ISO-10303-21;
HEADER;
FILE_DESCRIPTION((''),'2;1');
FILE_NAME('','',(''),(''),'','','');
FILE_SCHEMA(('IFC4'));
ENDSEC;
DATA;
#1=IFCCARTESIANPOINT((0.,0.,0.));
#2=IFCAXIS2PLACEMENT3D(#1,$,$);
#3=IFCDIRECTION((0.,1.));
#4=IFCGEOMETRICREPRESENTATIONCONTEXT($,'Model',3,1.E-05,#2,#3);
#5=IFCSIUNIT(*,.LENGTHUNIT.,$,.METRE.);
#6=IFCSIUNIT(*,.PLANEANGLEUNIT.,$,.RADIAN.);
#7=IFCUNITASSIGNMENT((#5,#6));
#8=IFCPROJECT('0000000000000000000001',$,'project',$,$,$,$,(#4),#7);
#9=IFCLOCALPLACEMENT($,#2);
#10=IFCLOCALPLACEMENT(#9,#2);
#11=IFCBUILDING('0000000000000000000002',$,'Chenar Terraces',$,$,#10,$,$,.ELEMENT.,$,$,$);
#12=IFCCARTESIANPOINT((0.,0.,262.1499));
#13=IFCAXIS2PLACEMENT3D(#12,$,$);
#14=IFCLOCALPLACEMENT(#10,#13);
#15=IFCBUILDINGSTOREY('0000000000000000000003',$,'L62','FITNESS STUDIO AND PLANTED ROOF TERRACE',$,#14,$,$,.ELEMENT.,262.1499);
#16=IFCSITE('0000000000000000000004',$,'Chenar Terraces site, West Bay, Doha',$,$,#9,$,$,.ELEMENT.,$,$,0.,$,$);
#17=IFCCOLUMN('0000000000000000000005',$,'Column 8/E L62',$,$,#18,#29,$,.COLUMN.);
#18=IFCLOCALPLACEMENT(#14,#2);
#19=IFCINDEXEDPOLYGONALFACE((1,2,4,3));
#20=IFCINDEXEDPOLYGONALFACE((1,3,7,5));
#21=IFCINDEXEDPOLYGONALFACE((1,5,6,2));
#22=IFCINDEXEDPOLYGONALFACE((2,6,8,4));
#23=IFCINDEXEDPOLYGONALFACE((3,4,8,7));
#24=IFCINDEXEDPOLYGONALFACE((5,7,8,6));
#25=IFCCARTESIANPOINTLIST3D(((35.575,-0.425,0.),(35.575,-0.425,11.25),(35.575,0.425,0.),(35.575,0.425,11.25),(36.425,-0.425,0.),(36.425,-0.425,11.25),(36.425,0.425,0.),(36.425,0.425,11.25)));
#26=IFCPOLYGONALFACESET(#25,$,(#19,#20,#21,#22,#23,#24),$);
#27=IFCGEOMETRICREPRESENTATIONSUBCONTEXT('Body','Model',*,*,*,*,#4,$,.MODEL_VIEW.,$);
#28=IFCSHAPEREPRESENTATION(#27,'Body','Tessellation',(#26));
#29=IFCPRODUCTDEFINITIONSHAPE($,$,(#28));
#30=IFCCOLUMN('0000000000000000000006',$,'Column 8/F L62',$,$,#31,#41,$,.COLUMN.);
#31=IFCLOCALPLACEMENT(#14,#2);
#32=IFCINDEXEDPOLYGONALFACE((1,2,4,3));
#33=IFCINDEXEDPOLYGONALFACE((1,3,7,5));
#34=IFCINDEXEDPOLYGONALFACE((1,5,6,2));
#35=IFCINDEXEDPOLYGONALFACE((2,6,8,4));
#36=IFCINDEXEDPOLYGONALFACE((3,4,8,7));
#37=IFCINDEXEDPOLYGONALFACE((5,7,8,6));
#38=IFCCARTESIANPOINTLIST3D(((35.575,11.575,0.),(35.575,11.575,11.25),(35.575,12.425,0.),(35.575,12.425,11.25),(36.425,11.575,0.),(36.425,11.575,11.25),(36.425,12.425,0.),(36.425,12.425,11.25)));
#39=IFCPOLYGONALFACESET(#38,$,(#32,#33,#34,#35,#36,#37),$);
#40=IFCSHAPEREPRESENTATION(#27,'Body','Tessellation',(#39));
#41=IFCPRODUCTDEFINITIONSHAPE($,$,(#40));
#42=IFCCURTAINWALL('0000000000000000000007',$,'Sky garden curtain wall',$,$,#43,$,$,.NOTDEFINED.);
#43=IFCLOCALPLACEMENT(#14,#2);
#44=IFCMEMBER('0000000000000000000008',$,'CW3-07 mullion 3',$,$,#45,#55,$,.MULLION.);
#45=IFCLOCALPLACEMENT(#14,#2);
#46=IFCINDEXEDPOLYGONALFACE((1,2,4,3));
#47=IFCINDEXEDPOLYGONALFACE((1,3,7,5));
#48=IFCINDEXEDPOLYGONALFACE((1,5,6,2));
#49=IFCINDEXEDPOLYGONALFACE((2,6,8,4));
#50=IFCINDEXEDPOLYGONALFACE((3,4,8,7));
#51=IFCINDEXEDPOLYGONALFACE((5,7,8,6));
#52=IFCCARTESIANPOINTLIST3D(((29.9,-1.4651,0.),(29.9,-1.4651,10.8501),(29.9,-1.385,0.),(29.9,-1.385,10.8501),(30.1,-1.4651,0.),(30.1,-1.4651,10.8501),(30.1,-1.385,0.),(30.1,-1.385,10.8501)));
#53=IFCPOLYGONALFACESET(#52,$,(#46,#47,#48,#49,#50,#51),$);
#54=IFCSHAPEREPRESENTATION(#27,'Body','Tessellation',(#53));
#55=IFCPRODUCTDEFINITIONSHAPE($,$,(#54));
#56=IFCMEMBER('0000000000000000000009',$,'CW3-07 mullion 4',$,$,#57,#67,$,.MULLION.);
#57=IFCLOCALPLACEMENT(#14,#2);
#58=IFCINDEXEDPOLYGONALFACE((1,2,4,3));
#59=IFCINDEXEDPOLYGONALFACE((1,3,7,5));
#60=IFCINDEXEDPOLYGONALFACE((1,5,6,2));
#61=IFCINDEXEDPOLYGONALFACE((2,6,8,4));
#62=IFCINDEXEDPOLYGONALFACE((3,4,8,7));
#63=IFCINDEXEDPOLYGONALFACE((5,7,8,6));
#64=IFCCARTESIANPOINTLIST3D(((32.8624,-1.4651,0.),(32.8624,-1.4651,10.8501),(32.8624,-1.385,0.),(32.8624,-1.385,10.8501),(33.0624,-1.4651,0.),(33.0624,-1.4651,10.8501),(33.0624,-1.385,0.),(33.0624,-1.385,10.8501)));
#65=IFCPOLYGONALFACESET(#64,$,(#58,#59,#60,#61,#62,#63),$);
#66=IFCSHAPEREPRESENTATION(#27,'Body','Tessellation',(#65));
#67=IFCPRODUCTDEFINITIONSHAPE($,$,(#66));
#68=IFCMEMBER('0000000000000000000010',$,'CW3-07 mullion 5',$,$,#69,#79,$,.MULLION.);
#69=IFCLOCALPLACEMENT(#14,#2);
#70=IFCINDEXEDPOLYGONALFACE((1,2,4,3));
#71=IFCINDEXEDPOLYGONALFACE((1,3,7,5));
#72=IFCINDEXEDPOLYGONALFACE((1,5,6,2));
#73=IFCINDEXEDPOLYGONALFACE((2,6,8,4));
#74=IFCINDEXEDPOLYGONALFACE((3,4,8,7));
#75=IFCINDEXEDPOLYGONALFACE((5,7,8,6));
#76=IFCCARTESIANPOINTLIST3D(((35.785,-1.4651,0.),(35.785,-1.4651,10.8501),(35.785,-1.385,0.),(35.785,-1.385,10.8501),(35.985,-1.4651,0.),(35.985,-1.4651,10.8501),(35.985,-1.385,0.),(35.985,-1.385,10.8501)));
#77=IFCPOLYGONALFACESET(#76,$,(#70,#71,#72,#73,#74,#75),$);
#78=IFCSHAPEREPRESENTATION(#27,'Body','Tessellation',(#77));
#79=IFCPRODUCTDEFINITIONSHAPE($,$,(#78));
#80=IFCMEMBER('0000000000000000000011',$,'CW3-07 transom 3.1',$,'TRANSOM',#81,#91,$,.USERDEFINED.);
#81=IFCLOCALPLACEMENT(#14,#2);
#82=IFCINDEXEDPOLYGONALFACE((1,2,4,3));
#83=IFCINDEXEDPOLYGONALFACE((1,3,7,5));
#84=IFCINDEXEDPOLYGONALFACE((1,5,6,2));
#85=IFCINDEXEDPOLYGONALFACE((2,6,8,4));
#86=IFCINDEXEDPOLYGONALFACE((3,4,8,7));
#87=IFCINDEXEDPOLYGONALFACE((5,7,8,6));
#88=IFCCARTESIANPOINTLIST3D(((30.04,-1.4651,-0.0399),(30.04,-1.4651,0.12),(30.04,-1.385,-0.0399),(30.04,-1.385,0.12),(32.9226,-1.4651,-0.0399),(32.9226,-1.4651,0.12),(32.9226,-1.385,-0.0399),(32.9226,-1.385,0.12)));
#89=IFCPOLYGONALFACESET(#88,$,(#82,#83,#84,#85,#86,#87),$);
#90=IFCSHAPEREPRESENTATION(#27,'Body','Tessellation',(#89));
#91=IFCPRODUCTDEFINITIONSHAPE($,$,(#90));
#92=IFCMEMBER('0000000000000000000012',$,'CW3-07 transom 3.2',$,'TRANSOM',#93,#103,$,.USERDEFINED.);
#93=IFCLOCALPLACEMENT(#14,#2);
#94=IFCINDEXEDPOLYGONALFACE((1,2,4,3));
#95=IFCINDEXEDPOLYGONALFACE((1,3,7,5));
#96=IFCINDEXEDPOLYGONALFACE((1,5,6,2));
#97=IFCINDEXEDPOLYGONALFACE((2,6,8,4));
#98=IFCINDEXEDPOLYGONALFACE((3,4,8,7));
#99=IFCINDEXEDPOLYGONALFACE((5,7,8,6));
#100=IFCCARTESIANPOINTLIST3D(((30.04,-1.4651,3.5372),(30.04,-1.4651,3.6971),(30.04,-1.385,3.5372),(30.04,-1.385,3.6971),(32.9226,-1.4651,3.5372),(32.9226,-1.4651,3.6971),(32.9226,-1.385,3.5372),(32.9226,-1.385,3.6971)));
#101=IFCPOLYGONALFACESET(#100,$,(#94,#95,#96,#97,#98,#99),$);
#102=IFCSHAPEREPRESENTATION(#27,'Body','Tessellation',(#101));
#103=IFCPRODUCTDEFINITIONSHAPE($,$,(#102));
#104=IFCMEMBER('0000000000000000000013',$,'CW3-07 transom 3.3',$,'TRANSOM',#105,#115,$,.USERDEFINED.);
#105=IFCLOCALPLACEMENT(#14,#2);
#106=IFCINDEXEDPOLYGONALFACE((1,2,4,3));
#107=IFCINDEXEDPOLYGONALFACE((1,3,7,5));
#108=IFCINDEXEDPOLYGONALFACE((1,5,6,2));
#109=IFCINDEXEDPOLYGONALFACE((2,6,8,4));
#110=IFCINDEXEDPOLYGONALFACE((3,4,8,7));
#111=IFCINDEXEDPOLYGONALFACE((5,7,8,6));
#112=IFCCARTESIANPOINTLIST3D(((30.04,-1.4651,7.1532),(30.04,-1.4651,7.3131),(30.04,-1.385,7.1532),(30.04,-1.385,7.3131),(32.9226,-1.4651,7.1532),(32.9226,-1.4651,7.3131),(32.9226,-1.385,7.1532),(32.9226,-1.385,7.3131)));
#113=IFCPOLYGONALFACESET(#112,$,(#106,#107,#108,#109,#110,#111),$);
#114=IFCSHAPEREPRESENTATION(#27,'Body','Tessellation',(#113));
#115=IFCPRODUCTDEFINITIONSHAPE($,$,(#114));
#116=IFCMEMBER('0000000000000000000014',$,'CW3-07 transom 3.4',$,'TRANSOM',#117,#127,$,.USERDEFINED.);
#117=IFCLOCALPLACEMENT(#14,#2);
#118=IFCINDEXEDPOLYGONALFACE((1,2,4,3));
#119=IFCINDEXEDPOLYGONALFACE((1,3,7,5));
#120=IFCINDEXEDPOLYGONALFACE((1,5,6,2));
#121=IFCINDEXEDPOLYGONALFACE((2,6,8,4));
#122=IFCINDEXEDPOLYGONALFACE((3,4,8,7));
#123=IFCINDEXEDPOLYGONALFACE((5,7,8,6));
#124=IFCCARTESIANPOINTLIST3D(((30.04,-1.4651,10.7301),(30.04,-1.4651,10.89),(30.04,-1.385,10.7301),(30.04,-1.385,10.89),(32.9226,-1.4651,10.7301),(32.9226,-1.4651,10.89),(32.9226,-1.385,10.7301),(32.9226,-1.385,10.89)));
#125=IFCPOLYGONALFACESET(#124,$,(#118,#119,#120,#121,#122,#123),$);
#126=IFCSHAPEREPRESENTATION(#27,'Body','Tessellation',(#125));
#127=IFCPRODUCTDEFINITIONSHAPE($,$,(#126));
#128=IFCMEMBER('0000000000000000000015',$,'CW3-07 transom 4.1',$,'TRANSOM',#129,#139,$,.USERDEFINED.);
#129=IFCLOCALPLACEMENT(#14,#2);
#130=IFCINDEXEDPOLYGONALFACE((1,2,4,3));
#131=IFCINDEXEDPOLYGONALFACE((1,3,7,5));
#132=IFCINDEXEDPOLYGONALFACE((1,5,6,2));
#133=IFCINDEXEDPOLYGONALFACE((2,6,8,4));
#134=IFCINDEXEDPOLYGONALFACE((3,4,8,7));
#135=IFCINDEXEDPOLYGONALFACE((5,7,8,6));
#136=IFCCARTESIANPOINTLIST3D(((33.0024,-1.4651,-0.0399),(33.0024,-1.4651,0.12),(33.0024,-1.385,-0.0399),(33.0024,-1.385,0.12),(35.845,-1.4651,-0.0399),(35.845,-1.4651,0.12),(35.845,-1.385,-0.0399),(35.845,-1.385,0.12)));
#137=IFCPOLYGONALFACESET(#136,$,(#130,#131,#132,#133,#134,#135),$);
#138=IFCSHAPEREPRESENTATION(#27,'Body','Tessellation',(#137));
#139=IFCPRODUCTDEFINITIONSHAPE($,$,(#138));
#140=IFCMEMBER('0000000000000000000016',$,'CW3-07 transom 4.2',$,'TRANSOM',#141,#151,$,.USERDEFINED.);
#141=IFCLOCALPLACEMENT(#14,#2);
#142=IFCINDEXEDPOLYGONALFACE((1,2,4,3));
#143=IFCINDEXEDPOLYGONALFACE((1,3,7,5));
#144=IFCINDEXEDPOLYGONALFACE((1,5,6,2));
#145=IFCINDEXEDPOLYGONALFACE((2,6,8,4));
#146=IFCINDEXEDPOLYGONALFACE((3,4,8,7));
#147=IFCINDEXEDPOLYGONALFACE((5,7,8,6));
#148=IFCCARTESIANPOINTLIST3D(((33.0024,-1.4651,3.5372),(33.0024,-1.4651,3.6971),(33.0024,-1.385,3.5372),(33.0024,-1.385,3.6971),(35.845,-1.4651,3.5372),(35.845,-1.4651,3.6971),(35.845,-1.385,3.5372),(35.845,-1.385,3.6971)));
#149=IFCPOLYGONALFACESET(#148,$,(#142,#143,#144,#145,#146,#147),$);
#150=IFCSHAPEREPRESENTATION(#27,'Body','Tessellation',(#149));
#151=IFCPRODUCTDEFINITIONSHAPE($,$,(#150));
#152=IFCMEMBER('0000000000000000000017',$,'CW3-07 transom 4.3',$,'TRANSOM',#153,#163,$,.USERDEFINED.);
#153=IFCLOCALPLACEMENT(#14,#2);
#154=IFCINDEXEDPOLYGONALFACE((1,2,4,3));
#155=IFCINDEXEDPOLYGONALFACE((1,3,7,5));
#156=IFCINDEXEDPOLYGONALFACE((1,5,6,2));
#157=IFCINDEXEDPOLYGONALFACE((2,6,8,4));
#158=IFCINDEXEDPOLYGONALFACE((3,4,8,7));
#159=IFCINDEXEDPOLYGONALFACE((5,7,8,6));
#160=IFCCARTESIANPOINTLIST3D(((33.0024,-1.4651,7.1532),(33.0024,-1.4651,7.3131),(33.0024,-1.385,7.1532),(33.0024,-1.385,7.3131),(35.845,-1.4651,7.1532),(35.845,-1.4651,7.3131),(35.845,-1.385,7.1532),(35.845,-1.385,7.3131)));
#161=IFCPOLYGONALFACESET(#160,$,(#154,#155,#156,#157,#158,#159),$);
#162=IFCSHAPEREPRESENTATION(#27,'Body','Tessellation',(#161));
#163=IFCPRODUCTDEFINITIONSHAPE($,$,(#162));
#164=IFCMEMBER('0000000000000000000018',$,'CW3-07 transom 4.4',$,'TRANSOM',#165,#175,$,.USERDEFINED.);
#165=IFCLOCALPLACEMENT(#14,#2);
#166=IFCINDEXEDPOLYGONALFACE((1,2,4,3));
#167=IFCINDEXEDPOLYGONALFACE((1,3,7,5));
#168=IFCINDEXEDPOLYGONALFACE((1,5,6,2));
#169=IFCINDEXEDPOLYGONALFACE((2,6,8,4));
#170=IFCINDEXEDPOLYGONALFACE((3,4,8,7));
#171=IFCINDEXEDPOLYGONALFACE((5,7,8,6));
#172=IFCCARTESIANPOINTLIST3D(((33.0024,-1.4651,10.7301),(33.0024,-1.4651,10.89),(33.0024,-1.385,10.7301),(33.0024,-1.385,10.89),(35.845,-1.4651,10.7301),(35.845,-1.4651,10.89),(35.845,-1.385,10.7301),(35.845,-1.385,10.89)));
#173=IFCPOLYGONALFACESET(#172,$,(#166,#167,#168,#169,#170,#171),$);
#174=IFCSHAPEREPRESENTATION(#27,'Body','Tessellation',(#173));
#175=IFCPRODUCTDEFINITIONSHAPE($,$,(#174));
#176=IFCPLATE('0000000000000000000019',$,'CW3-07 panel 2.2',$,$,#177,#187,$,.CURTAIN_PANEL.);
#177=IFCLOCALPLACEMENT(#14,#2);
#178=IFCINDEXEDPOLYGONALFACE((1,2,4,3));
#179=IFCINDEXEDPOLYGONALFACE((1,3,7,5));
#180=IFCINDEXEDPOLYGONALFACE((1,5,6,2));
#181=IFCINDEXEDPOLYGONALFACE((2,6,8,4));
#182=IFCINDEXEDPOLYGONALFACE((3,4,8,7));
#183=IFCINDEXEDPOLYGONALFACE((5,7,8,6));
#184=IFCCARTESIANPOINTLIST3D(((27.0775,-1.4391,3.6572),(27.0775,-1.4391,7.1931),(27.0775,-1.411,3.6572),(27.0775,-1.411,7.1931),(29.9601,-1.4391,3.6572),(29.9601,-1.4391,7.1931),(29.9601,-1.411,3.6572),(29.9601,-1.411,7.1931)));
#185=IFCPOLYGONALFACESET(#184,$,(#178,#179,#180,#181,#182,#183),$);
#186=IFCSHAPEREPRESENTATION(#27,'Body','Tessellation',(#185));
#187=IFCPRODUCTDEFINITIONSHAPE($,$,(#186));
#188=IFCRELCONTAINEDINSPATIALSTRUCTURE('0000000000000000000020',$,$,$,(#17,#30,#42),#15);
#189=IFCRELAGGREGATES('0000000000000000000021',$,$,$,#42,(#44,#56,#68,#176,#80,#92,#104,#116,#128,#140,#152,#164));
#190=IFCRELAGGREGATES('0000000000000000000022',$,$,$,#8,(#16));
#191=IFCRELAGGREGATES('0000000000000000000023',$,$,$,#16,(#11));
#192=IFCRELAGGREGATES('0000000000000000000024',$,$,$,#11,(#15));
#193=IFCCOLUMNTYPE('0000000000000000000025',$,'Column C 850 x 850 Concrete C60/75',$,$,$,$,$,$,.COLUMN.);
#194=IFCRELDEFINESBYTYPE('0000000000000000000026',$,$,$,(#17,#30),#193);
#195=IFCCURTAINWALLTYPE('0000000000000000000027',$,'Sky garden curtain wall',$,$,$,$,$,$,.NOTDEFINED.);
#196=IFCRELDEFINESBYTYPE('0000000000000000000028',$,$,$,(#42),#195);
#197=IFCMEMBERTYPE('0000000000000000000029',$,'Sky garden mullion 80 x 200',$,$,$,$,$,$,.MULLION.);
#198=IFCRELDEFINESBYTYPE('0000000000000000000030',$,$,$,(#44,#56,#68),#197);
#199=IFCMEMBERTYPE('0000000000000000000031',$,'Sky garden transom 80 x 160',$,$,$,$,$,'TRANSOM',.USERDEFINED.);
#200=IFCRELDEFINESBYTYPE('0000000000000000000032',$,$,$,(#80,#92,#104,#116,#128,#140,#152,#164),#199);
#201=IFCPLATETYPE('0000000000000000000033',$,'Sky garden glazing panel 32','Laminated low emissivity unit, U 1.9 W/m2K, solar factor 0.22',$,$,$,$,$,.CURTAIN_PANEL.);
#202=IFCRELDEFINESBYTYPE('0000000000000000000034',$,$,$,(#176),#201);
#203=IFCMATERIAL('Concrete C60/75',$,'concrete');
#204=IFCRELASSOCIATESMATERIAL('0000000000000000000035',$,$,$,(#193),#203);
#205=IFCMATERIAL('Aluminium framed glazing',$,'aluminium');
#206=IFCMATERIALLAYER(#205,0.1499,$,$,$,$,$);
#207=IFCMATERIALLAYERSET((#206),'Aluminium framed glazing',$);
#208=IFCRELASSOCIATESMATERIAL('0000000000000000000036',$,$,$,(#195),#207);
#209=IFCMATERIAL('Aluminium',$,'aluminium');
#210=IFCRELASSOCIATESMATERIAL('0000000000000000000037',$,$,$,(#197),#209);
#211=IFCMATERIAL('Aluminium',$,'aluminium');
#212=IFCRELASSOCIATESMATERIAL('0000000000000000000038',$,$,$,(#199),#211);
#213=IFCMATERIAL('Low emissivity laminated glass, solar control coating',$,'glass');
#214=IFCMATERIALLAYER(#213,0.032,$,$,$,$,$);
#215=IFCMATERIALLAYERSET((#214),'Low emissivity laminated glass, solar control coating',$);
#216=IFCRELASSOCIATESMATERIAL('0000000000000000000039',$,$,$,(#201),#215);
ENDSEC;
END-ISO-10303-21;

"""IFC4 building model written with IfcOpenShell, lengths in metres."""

from ifc_helpers import new_model, si_unit, direction, frame, origin, origin_2d, place, context, subcontext, project, spatial, rectangle, extrude, material, layer, layer_set, material_profile, profile_set, type_object, element, aggregate, save


model = new_model("IFC4")

# Units and contexts
model_context = context("Model", 3, precision=1e-05, world=origin(), true_north=direction((0.0, 1.0)))
body_context = subcontext(model_context, "Body", "Model", "MODEL_VIEW")
ifc_project = project(units=[si_unit("LENGTHUNIT", "METRE"), si_unit("PLANEANGLEUNIT", "RADIAN")], contexts=[model_context])

# Site, building, storey
site_placement = place(None, origin())
site = spatial("IfcSite", under=ifc_project, at=site_placement, Name="Chenar Terraces site, West Bay, Doha", CompositionType="ELEMENT", RefElevation=0.0)
building_placement = place(site_placement, origin())
building = spatial("IfcBuilding", under=site, at=building_placement, Name="Chenar Terraces", CompositionType="ELEMENT")
storey_placement = place(building_placement, frame((0.0, 0.0, 262.1499)))
storey = spatial("IfcBuildingStorey", under=building, at=storey_placement, Name="L62", Description="FITNESS STUDIO AND PLANTED ROOF TERRACE", CompositionType="ELEMENT", Elevation=262.1499)

# Columns
ifc_material_1 = material(Name="Concrete C60/75", Category="concrete")
ifc_material_profile_1 = material_profile(ifc_material_1, rectangle(XDim=0.8501, YDim=0.8501, at=origin_2d()), Name="C 850 x 850")
ifc_profile_set_1 = profile_set([ifc_material_profile_1], Name="Concrete C60/75")
column_type = type_object("IfcColumnType", Name="Column C 850 x 850 Concrete C60/75", PredefinedType="COLUMN", material=ifc_profile_set_1)
for number, where, z_axis, x_axis, name in (
    (1, (36.0, 0.0, 0.0), (0.0, 0.0, 1.0), (1.0, 0.0, 0.0), "Column 8/E L62"),
    (2, (36.0, 12.0, 0.0), (0.0, 0.0, 1.0), (1.0, 0.0, 0.0), "Column 8/F L62"),
):
    element("IfcColumn", number, at=place(storey_placement, frame(where, z_axis=z_axis, x_axis=x_axis)), inside=storey, type_object=column_type, Name=name, PredefinedType="COLUMN", context=body_context, shape_type="SweptSolid", body=[
        extrude(rectangle(XDim=0.8501, YDim=0.8501, at=origin_2d()), origin(), (0.0, 0.0, 1.0), 11.25),
    ])

# Curtain wall, members, plate
ifc_material_2 = material(Name="Aluminium framed glazing", Category="aluminium")
ifc_layer_1 = layer(ifc_material_2, 0.1499)
ifc_layer_set_1 = layer_set([ifc_layer_1], Name="Aluminium framed glazing")
curtain_wall_type = type_object("IfcCurtainWallType", Name="Sky garden curtain wall", PredefinedType="NOTDEFINED", material=ifc_layer_set_1)
curtain_wall_placement = place(storey_placement, origin())
curtain_wall = element("IfcCurtainWall", 3, at=curtain_wall_placement, inside=storey, type_object=curtain_wall_type, Name="Sky garden curtain wall", PredefinedType="NOTDEFINED")
ifc_material_3 = material(Name="Aluminium", Category="aluminium")
ifc_material_profile_2 = material_profile(ifc_material_3, rectangle(XDim=0.0801, YDim=0.2, at=origin_2d()), Name="Sky garden mullion 80 x 200")
ifc_profile_set_2 = profile_set([ifc_material_profile_2], Name="Aluminium")
member_type_1 = type_object("IfcMemberType", Name="Sky garden mullion 80 x 200", PredefinedType="MULLION", material=ifc_profile_set_2)
member_1_placement = place(storey_placement, frame((30.0, -1.425, 0.0), z_axis=(0.0, 0.0, 1.0), x_axis=(0.0, 1.0, 0.0)))
member_1 = element("IfcMember", 4, at=member_1_placement, type_object=member_type_1, Name="CW3-07 mullion 3", PredefinedType="MULLION", context=body_context, shape_type="SweptSolid", body=[
    extrude(rectangle(XDim=0.0801, YDim=0.2, at=origin_2d()), origin(), (0.0, 0.0, 1.0), 10.8501),
])
member_2_placement = place(storey_placement, frame((32.9624, -1.425, 0.0), z_axis=(0.0, 0.0, 1.0), x_axis=(0.0, 1.0, 0.0)))
member_2 = element("IfcMember", 5, at=member_2_placement, type_object=member_type_1, Name="CW3-07 mullion 4", PredefinedType="MULLION", context=body_context, shape_type="SweptSolid", body=[
    extrude(rectangle(XDim=0.0801, YDim=0.2, at=origin_2d()), origin(), (0.0, 0.0, 1.0), 10.8501),
])
member_3_placement = place(storey_placement, frame((35.885, -1.425, 0.0), z_axis=(0.0, 0.0, 1.0), x_axis=(0.0, 1.0, 0.0)))
member_3 = element("IfcMember", 6, at=member_3_placement, type_object=member_type_1, Name="CW3-07 mullion 5", PredefinedType="MULLION", context=body_context, shape_type="SweptSolid", body=[
    extrude(rectangle(XDim=0.0801, YDim=0.2, at=origin_2d()), origin(), (0.0, 0.0, 1.0), 10.8501),
])
ifc_material_4 = material(Name="Aluminium", Category="aluminium")
ifc_material_profile_3 = material_profile(ifc_material_4, rectangle(XDim=0.0801, YDim=0.1599, at=origin_2d()), Name="Sky garden transom 80 x 160")
ifc_profile_set_3 = profile_set([ifc_material_profile_3], Name="Aluminium")
member_type_2 = type_object("IfcMemberType", Name="Sky garden transom 80 x 160", ElementType="TRANSOM", PredefinedType="USERDEFINED", material=ifc_profile_set_3)
member_4_placement = place(storey_placement, frame((30.04, -1.425, 0.04), z_axis=(1.0, 0.0, 0.0), x_axis=(0.0, 1.0, 0.0)))
member_4 = element("IfcMember", 7, at=member_4_placement, type_object=member_type_2, Name="CW3-07 transom 3.1", ObjectType="TRANSOM", PredefinedType="USERDEFINED", context=body_context, shape_type="SweptSolid", body=[
    extrude(rectangle(XDim=0.0801, YDim=0.1599, at=origin_2d()), origin(), (0.0, 0.0, 1.0), 2.8826),
])
member_5_placement = place(storey_placement, frame((30.04, -1.425, 3.6172), z_axis=(1.0, 0.0, 0.0), x_axis=(0.0, 1.0, 0.0)))
member_5 = element("IfcMember", 8, at=member_5_placement, type_object=member_type_2, Name="CW3-07 transom 3.2", ObjectType="TRANSOM", PredefinedType="USERDEFINED", context=body_context, shape_type="SweptSolid", body=[
    extrude(rectangle(XDim=0.0801, YDim=0.1599, at=origin_2d()), origin(), (0.0, 0.0, 1.0), 2.8826),
])
member_6_placement = place(storey_placement, frame((30.04, -1.425, 7.2332), z_axis=(1.0, 0.0, 0.0), x_axis=(0.0, 1.0, 0.0)))
member_6 = element("IfcMember", 9, at=member_6_placement, type_object=member_type_2, Name="CW3-07 transom 3.3", ObjectType="TRANSOM", PredefinedType="USERDEFINED", context=body_context, shape_type="SweptSolid", body=[
    extrude(rectangle(XDim=0.0801, YDim=0.1599, at=origin_2d()), origin(), (0.0, 0.0, 1.0), 2.8826),
])
member_7_placement = place(storey_placement, frame((30.04, -1.425, 10.8101), z_axis=(1.0, 0.0, 0.0), x_axis=(0.0, 1.0, 0.0)))
member_7 = element("IfcMember", 10, at=member_7_placement, type_object=member_type_2, Name="CW3-07 transom 3.4", ObjectType="TRANSOM", PredefinedType="USERDEFINED", context=body_context, shape_type="SweptSolid", body=[
    extrude(rectangle(XDim=0.0801, YDim=0.1599, at=origin_2d()), origin(), (0.0, 0.0, 1.0), 2.8826),
])
member_8_placement = place(storey_placement, frame((33.0024, -1.425, 0.04), z_axis=(1.0, 0.0, 0.0), x_axis=(0.0, 1.0, 0.0)))
member_8 = element("IfcMember", 11, at=member_8_placement, type_object=member_type_2, Name="CW3-07 transom 4.1", ObjectType="TRANSOM", PredefinedType="USERDEFINED", context=body_context, shape_type="SweptSolid", body=[
    extrude(rectangle(XDim=0.0801, YDim=0.1599, at=origin_2d()), origin(), (0.0, 0.0, 1.0), 2.8425),
])
member_9_placement = place(storey_placement, frame((33.0024, -1.425, 3.6172), z_axis=(1.0, 0.0, 0.0), x_axis=(0.0, 1.0, 0.0)))
member_9 = element("IfcMember", 12, at=member_9_placement, type_object=member_type_2, Name="CW3-07 transom 4.2", ObjectType="TRANSOM", PredefinedType="USERDEFINED", context=body_context, shape_type="SweptSolid", body=[
    extrude(rectangle(XDim=0.0801, YDim=0.1599, at=origin_2d()), origin(), (0.0, 0.0, 1.0), 2.8425),
])
member_10_placement = place(storey_placement, frame((33.0024, -1.425, 7.2332), z_axis=(1.0, 0.0, 0.0), x_axis=(0.0, 1.0, 0.0)))
member_10 = element("IfcMember", 13, at=member_10_placement, type_object=member_type_2, Name="CW3-07 transom 4.3", ObjectType="TRANSOM", PredefinedType="USERDEFINED", context=body_context, shape_type="SweptSolid", body=[
    extrude(rectangle(XDim=0.0801, YDim=0.1599, at=origin_2d()), origin(), (0.0, 0.0, 1.0), 2.8425),
])
member_11_placement = place(storey_placement, frame((33.0024, -1.425, 10.8101), z_axis=(1.0, 0.0, 0.0), x_axis=(0.0, 1.0, 0.0)))
member_11 = element("IfcMember", 14, at=member_11_placement, type_object=member_type_2, Name="CW3-07 transom 4.4", ObjectType="TRANSOM", PredefinedType="USERDEFINED", context=body_context, shape_type="SweptSolid", body=[
    extrude(rectangle(XDim=0.0801, YDim=0.1599, at=origin_2d()), origin(), (0.0, 0.0, 1.0), 2.8425),
])
ifc_material_5 = material(Name="Low emissivity laminated glass, solar control coating", Category="glass")
ifc_layer_2 = layer(ifc_material_5, 0.032)
ifc_layer_set_2 = layer_set([ifc_layer_2], Name="Low emissivity laminated glass, solar control coating")
plate_type = type_object("IfcPlateType", Name="Sky garden glazing panel 32", Description="Laminated low emissivity unit, U 1.9 W/m2K, solar factor 0.22", PredefinedType="CURTAIN_PANEL", material=ifc_layer_set_2)
plate_1_placement = place(storey_placement, frame((28.5188, -1.425, 3.6572), z_axis=(0.0, 0.0, 1.0), x_axis=(1.0, 0.0, 0.0)))
plate_1 = element("IfcPlate", 15, at=plate_1_placement, type_object=plate_type, Name="CW3-07 panel 2.2", PredefinedType="CURTAIN_PANEL", context=body_context, shape_type="SweptSolid", body=[
    extrude(rectangle(XDim=2.8826, YDim=0.0281, at=origin_2d()), origin(), (0.0, 0.0, 1.0), 3.5359),
])
aggregate(curtain_wall, [member_1, member_2, member_3, plate_1, member_4, member_5, member_6, member_7, member_8, member_9, member_10, member_11])

save(model, "model.ifc")
